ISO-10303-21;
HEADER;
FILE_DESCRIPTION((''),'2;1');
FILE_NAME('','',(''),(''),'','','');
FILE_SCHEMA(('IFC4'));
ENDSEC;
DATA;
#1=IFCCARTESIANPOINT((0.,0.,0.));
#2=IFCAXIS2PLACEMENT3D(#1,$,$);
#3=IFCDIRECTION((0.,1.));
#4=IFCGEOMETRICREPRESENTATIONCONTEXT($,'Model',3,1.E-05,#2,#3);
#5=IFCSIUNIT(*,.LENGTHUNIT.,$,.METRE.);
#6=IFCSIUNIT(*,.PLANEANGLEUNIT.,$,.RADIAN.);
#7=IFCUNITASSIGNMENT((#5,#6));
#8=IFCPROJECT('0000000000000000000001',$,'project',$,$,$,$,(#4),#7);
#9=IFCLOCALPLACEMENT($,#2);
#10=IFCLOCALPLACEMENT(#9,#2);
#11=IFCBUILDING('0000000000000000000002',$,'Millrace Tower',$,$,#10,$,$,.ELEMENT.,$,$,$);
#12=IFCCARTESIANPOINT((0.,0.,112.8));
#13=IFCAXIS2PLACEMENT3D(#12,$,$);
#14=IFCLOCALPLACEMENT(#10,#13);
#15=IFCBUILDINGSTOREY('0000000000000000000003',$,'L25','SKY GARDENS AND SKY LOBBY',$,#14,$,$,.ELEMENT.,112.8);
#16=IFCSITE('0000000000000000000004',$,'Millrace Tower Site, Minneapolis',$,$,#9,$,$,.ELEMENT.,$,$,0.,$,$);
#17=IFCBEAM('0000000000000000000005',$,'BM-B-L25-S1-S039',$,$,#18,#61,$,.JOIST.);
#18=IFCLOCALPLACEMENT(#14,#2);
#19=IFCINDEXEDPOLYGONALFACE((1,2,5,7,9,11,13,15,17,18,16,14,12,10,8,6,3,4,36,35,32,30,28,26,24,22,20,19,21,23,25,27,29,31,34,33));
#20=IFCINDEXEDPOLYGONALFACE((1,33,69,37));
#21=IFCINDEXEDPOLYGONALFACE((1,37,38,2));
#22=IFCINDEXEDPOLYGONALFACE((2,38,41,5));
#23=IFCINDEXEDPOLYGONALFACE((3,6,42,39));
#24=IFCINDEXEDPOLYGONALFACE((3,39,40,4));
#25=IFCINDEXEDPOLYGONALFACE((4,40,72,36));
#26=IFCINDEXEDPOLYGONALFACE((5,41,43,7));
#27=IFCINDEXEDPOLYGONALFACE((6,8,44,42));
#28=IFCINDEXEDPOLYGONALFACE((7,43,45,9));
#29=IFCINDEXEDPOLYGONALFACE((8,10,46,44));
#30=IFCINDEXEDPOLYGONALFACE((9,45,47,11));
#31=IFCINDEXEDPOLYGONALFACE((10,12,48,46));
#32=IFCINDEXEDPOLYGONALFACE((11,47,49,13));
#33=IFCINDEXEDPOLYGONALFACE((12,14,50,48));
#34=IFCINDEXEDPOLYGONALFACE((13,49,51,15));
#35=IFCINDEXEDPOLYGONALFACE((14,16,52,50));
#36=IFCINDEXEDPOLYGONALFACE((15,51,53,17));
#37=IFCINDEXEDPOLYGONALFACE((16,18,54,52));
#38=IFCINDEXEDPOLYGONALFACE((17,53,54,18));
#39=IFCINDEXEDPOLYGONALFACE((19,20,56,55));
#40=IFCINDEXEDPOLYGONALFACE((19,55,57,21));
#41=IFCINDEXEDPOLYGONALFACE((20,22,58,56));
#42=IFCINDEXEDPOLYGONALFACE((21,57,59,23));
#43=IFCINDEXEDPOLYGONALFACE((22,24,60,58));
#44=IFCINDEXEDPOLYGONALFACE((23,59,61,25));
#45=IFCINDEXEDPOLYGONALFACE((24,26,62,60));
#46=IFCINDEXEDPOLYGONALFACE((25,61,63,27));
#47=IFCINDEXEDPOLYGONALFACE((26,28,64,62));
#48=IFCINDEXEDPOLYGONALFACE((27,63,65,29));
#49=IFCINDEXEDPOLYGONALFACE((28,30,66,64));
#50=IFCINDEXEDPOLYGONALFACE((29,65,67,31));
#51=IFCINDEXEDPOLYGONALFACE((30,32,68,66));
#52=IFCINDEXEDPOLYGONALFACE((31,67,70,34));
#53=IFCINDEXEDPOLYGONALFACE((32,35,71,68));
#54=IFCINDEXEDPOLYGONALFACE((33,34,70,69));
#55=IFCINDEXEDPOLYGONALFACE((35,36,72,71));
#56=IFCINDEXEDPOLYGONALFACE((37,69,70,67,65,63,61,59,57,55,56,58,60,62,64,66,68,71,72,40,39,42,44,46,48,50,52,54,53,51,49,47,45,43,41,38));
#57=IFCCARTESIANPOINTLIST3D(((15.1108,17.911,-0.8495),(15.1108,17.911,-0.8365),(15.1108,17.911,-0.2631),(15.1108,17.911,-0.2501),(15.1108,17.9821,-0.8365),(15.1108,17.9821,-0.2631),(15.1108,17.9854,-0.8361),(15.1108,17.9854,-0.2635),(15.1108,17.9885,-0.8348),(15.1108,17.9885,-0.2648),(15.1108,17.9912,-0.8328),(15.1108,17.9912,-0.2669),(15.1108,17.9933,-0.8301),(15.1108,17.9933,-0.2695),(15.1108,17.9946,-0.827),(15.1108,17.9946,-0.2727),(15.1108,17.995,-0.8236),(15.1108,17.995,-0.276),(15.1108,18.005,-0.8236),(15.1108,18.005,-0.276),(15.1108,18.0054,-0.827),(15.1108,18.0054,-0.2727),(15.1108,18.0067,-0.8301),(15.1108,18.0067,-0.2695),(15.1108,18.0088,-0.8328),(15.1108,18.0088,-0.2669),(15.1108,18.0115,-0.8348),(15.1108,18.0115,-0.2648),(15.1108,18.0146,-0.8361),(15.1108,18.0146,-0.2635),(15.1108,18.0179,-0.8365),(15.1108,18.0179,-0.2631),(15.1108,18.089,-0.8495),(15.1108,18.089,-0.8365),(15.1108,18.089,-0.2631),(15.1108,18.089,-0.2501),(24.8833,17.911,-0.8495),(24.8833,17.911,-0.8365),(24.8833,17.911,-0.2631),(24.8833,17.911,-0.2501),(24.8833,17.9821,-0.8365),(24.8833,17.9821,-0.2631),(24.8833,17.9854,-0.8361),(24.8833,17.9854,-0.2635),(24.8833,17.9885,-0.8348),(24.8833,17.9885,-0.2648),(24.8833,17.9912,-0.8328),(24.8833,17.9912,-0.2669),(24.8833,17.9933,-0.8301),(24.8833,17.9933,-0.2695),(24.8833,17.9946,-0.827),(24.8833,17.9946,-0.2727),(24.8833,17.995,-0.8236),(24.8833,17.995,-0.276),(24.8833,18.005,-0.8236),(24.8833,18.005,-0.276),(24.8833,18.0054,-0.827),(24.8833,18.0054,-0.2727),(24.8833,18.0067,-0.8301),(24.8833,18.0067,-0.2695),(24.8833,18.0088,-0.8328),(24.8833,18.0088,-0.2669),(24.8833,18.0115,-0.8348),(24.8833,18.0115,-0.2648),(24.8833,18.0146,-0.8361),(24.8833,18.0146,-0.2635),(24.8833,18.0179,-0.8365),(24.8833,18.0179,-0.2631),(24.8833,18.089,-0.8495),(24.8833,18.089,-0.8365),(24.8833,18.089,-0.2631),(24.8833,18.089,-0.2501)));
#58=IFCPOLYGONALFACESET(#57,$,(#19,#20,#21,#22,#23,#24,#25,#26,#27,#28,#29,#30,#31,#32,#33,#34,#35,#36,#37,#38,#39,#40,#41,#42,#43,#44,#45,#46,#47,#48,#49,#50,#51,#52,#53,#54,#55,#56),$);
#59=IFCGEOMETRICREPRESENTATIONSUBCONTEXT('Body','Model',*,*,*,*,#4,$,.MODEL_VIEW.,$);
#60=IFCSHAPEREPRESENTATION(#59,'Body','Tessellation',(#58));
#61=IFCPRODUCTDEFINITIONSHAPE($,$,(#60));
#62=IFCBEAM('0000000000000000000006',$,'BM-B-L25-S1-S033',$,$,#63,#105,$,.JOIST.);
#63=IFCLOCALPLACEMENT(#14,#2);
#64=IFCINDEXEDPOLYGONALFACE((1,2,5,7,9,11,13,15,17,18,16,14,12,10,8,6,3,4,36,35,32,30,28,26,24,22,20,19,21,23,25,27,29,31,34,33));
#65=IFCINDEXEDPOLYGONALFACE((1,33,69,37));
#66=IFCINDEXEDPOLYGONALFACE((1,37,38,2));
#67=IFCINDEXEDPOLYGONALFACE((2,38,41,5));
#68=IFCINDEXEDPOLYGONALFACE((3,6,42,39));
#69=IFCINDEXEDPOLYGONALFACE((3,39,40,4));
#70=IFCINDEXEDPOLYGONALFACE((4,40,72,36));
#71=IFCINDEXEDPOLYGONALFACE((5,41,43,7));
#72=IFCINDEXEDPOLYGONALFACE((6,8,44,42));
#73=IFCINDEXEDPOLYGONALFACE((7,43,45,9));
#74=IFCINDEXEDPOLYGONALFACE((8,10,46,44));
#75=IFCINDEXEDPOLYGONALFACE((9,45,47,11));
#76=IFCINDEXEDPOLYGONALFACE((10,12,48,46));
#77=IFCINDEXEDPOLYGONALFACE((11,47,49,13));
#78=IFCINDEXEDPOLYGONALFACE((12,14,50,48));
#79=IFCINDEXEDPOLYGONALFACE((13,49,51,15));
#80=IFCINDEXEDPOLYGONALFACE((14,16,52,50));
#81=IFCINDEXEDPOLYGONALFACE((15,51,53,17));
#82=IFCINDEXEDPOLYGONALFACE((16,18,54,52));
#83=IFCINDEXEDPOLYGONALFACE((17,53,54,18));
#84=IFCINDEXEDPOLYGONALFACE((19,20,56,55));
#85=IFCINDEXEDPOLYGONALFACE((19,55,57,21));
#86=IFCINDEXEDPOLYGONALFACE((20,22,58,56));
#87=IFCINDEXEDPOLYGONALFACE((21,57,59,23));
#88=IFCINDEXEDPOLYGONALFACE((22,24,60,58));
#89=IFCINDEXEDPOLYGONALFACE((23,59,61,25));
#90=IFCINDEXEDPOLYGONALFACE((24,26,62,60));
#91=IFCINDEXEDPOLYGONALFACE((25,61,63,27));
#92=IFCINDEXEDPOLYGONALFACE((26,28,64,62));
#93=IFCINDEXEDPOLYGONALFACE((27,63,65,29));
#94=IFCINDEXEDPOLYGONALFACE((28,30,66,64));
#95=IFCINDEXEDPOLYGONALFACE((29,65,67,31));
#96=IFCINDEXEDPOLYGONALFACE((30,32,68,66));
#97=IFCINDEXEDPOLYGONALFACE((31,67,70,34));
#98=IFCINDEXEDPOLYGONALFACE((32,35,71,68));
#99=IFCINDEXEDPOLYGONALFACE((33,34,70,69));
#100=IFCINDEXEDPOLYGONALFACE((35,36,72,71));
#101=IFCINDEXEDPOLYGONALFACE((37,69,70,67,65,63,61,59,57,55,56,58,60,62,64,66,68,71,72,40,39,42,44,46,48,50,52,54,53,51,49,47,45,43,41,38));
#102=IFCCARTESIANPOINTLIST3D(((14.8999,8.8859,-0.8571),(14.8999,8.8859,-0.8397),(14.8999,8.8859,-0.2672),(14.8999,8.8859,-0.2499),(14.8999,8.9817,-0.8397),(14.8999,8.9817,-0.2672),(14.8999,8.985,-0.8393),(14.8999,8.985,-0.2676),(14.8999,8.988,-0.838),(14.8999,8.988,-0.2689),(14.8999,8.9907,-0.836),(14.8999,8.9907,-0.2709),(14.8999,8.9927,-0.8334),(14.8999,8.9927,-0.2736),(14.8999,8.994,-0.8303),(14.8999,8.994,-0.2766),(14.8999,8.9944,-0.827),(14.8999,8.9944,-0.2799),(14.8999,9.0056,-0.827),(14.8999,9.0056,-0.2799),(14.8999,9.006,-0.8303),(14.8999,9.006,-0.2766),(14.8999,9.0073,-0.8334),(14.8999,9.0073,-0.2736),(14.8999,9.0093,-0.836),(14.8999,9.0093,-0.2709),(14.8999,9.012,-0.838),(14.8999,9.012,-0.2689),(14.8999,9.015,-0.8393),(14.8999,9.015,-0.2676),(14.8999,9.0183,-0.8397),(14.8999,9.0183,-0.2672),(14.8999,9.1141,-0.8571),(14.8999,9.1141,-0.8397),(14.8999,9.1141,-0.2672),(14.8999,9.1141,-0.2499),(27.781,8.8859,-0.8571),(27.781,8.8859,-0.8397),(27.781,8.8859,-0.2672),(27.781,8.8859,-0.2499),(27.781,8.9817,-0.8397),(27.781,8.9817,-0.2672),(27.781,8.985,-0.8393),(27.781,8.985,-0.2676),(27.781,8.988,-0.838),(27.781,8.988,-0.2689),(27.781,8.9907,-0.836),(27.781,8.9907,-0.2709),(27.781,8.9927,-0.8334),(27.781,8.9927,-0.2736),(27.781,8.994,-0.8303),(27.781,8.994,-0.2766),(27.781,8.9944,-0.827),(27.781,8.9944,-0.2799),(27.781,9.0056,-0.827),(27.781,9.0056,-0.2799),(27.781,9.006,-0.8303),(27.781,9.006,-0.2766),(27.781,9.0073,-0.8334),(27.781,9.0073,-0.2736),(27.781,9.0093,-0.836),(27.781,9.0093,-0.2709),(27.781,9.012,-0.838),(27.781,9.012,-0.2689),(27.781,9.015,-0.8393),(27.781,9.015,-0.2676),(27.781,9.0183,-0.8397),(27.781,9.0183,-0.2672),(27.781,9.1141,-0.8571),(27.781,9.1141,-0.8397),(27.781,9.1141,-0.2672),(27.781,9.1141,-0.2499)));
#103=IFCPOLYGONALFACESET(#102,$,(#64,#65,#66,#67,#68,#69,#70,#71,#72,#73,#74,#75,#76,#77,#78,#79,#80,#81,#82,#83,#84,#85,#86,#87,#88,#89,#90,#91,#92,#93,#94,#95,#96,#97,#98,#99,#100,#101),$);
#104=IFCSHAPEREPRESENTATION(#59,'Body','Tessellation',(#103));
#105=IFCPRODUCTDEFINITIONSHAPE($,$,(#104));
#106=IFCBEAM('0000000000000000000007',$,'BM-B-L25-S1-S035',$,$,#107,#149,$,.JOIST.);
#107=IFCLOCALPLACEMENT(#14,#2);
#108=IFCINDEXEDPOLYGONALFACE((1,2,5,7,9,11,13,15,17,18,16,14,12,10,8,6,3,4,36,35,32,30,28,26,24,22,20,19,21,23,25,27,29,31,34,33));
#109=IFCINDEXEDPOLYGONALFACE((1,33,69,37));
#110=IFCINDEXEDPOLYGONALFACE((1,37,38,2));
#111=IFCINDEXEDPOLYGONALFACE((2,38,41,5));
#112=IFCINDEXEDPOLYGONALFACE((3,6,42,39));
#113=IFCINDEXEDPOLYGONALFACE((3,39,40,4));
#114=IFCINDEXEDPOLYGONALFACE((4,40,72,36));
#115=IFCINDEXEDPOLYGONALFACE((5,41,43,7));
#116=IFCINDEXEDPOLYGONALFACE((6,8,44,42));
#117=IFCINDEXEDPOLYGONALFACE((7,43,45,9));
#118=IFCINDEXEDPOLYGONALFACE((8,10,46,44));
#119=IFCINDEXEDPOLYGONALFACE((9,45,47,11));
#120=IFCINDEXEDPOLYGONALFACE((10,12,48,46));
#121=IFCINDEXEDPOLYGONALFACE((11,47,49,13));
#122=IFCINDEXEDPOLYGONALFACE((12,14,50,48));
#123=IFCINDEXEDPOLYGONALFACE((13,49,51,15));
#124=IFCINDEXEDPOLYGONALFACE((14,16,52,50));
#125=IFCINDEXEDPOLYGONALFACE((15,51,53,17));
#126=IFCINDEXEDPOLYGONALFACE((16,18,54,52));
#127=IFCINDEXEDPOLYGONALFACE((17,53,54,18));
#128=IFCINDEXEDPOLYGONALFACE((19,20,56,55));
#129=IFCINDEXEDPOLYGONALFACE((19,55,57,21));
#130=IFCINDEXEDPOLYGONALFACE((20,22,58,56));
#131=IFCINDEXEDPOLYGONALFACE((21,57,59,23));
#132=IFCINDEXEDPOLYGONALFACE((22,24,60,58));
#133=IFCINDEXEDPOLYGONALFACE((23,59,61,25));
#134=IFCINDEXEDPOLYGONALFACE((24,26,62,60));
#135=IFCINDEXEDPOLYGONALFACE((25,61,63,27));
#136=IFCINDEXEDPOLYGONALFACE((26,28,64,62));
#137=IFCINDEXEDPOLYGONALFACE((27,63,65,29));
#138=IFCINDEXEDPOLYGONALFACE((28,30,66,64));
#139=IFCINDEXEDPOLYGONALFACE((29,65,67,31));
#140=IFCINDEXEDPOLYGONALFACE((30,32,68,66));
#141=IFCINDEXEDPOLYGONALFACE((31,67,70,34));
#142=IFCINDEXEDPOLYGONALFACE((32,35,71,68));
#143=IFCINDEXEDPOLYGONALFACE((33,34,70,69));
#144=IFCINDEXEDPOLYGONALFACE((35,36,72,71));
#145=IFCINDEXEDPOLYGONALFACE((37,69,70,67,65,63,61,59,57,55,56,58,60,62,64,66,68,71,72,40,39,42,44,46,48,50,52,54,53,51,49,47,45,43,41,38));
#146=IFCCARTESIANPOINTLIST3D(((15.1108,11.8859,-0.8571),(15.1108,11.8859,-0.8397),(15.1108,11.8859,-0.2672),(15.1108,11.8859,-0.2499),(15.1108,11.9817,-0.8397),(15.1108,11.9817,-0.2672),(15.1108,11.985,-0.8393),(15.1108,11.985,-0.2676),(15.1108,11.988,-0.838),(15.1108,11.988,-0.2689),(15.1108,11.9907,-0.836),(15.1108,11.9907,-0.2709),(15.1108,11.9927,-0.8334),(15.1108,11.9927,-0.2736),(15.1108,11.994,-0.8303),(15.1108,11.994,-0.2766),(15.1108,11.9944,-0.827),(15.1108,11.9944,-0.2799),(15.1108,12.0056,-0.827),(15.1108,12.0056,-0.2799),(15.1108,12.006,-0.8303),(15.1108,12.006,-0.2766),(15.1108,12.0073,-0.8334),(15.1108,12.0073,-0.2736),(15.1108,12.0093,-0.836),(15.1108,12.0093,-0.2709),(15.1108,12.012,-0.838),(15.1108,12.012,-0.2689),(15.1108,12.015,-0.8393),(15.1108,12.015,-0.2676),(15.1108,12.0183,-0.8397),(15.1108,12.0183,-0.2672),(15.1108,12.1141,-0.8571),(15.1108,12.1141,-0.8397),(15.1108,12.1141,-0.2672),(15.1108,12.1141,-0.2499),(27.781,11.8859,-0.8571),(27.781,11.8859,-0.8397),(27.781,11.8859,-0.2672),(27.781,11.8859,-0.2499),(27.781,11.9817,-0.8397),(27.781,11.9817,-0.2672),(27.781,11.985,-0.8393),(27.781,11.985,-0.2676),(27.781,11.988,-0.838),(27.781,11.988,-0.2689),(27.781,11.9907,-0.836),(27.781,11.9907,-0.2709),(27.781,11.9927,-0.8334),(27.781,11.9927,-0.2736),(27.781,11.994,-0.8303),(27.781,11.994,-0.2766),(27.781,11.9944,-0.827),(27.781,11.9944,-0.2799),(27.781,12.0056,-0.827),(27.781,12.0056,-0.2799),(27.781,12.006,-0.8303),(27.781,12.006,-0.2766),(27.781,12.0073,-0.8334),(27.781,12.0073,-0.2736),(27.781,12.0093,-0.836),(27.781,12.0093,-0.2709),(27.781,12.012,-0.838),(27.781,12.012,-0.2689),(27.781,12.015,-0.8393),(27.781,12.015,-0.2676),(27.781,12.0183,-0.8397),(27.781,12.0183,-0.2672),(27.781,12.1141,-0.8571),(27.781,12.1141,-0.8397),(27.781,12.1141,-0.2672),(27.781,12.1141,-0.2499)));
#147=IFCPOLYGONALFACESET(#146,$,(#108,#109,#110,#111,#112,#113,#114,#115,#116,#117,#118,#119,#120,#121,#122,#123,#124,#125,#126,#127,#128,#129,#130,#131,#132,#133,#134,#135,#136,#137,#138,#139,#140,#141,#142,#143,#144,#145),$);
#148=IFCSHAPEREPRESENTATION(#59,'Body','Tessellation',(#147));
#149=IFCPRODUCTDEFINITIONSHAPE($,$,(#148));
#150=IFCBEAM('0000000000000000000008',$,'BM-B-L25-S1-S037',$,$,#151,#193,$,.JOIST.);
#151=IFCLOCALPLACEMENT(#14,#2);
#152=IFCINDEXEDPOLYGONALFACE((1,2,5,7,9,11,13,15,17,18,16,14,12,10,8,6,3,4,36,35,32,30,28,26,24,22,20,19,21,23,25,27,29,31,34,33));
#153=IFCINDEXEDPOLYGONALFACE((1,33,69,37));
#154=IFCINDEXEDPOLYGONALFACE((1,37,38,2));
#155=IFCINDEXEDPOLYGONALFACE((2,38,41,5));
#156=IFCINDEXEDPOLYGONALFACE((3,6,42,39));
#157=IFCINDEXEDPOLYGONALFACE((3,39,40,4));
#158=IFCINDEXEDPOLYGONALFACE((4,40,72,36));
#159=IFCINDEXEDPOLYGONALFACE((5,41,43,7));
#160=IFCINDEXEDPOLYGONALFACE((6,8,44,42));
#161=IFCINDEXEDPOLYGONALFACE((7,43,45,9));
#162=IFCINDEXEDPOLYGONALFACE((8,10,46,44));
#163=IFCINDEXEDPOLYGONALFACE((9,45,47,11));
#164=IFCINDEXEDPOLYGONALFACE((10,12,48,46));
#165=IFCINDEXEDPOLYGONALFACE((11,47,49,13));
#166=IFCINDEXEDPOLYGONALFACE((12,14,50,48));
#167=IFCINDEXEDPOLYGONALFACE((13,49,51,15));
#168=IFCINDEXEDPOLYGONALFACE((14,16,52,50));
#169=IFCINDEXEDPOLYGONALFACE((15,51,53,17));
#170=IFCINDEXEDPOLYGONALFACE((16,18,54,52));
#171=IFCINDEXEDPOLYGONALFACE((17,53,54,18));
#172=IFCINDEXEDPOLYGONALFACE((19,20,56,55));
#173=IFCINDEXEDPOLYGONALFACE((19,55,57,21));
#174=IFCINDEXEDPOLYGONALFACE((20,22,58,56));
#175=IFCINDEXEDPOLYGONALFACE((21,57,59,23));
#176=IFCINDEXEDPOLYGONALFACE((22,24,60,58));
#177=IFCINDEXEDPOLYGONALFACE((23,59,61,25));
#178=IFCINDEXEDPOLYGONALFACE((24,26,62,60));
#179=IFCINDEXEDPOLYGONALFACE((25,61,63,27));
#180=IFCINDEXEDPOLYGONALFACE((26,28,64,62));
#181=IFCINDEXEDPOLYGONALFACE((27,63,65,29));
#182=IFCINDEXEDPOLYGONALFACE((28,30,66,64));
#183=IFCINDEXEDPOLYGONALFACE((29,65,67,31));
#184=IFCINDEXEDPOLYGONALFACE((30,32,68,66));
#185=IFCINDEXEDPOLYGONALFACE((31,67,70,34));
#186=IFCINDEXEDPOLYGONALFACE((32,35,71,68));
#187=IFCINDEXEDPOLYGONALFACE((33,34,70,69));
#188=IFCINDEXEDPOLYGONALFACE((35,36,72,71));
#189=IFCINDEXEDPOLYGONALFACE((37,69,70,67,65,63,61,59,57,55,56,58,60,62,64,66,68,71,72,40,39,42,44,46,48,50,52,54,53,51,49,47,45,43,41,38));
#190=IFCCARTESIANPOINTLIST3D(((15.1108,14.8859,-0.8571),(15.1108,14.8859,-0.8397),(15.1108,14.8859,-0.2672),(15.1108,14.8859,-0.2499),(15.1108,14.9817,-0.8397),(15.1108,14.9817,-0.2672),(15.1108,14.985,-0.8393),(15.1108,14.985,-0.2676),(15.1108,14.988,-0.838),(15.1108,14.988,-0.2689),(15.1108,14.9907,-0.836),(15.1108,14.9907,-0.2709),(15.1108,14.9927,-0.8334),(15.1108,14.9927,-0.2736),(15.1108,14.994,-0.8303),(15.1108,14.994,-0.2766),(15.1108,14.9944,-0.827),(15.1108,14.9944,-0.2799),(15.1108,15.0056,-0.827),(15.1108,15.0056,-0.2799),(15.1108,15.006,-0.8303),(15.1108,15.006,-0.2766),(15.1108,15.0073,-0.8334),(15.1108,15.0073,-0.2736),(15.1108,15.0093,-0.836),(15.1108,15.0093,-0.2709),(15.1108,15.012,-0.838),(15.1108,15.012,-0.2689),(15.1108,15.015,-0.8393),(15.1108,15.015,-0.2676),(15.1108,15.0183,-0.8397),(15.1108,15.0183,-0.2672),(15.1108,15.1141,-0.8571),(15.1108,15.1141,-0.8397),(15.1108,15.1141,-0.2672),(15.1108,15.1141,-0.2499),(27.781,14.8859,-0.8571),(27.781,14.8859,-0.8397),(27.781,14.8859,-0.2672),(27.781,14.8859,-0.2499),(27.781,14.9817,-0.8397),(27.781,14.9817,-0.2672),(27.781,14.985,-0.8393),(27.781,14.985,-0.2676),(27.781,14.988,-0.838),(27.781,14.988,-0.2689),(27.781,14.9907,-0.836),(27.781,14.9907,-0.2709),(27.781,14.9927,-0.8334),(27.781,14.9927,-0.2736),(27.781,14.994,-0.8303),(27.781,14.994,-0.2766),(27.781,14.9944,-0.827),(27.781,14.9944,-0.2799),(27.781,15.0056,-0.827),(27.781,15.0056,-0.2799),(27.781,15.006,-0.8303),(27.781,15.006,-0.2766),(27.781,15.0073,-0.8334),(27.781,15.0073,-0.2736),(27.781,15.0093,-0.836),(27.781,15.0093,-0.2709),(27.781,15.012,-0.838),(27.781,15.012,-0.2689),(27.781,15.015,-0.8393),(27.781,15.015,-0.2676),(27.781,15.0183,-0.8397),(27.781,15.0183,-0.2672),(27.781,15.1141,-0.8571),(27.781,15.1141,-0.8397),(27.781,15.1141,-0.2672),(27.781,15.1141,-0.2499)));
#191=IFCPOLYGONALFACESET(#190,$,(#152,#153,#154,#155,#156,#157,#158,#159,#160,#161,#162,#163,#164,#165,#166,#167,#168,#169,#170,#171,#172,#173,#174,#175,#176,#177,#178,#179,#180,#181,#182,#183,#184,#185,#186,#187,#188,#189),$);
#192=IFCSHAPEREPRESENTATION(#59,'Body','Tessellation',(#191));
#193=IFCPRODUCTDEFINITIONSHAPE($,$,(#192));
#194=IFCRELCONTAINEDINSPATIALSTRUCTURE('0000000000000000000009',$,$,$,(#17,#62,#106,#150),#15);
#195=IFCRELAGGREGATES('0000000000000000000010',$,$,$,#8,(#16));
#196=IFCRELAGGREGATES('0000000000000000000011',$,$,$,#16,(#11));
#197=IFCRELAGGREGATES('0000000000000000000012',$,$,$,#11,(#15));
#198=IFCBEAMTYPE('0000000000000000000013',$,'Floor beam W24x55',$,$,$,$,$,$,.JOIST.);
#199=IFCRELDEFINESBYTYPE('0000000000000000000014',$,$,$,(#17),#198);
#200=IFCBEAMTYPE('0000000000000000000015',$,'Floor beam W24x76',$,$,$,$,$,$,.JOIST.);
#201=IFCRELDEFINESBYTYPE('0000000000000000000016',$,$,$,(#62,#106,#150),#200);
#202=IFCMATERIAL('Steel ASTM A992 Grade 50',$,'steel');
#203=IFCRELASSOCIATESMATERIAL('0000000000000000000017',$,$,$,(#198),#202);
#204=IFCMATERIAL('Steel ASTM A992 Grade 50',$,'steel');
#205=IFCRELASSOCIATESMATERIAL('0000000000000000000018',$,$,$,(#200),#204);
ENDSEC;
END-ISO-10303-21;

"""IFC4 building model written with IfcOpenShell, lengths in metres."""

from ifc_helpers import new_model, si_unit, direction, frame, origin, origin_2d, place, context, subcontext, project, spatial, i_section, extrude, material, material_profile, profile_set, type_object, element, save


model = new_model("IFC4")

# Units and contexts
model_context = context("Model", 3, precision=1e-05, world=origin(), true_north=direction((0.0, 1.0)))
body_context = subcontext(model_context, "Body", "Model", "MODEL_VIEW")
ifc_project = project(units=[si_unit("LENGTHUNIT", "METRE"), si_unit("PLANEANGLEUNIT", "RADIAN")], contexts=[model_context])

# Site, building, storey
site_placement = place(None, origin())
site = spatial("IfcSite", under=ifc_project, at=site_placement, Name="Millrace Tower Site, Minneapolis", CompositionType="ELEMENT", RefElevation=0.0)
building_placement = place(site_placement, origin())
building = spatial("IfcBuilding", under=site, at=building_placement, Name="Millrace Tower", CompositionType="ELEMENT")
storey_placement = place(building_placement, frame((0.0, 0.0, 112.8)))
storey = spatial("IfcBuildingStorey", under=building, at=storey_placement, Name="L25", Description="SKY GARDENS AND SKY LOBBY", CompositionType="ELEMENT", Elevation=112.8)

# Beams
ifc_material_1 = material(Name="Steel ASTM A992 Grade 50", Category="steel")
ifc_material_profile_1 = material_profile(ifc_material_1, i_section(OverallWidth=0.178, OverallDepth=0.5994, WebThickness=0.01, FlangeThickness=0.0129, FilletRadius=0.0129, at=origin_2d()))
ifc_profile_set_1 = profile_set([ifc_material_profile_1], Name="Steel ASTM A992 Grade 50")
beam_type_1 = type_object("IfcBeamType", Name="Floor beam W24x55", PredefinedType="JOIST", material=ifc_profile_set_1)
beam_1_placement = place(storey_placement, frame((15.1108, 18.0, -0.5498), z_axis=(1.0, 0.0, 0.0), x_axis=(0.0, 1.0, 0.0)))
element("IfcBeam", 1, at=beam_1_placement, inside=storey, type_object=beam_type_1, Name="BM-B-L25-S1-S039", PredefinedType="JOIST", context=body_context, shape_type="SweptSolid", body=[
    extrude(i_section(OverallWidth=0.178, OverallDepth=0.5994, WebThickness=0.01, FlangeThickness=0.0129, FilletRadius=0.0129, at=origin_2d()), origin(), (0.0, 0.0, 1.0), 9.7725),
])
ifc_material_2 = material(Name="Steel ASTM A992 Grade 50", Category="steel")
ifc_material_profile_2 = material_profile(ifc_material_2, i_section(OverallWidth=0.2283, OverallDepth=0.6072, WebThickness=0.0112, FlangeThickness=0.0173, FilletRadius=0.0127, at=origin_2d()))
ifc_profile_set_2 = profile_set([ifc_material_profile_2], Name="Steel ASTM A992 Grade 50")
beam_type_2 = type_object("IfcBeamType", Name="Floor beam W24x76", PredefinedType="JOIST", material=ifc_profile_set_2)
beam_2_placement = place(storey_placement, frame((14.8999, 9.0, -0.5535), z_axis=(1.0, 0.0, 0.0), x_axis=(0.0, 1.0, 0.0)))
element("IfcBeam", 2, at=beam_2_placement, inside=storey, type_object=beam_type_2, Name="BM-B-L25-S1-S033", PredefinedType="JOIST", context=body_context, shape_type="SweptSolid", body=[
    extrude(i_section(OverallWidth=0.2283, OverallDepth=0.6072, WebThickness=0.0112, FlangeThickness=0.0173, FilletRadius=0.0127, at=origin_2d()), origin(), (0.0, 0.0, 1.0), 12.8811),
])
for number, where, z_axis, x_axis, name in (
    (3, (15.1108, 12.0, -0.5535), (1.0, 0.0, 0.0), (0.0, 1.0, 0.0), "BM-B-L25-S1-S035"),
    (4, (15.1108, 15.0, -0.5535), (1.0, 0.0, 0.0), (0.0, 1.0, 0.0), "BM-B-L25-S1-S037"),
):
    element("IfcBeam", number, at=place(storey_placement, frame(where, z_axis=z_axis, x_axis=x_axis)), inside=storey, type_object=beam_type_2, Name=name, PredefinedType="JOIST", context=body_context, shape_type="SweptSolid", body=[
        extrude(i_section(OverallWidth=0.2283, OverallDepth=0.6072, WebThickness=0.0112, FlangeThickness=0.0173, FilletRadius=0.0127, at=origin_2d()), origin(), (0.0, 0.0, 1.0), 12.6702),
    ])

save(model, "model.ifc")
